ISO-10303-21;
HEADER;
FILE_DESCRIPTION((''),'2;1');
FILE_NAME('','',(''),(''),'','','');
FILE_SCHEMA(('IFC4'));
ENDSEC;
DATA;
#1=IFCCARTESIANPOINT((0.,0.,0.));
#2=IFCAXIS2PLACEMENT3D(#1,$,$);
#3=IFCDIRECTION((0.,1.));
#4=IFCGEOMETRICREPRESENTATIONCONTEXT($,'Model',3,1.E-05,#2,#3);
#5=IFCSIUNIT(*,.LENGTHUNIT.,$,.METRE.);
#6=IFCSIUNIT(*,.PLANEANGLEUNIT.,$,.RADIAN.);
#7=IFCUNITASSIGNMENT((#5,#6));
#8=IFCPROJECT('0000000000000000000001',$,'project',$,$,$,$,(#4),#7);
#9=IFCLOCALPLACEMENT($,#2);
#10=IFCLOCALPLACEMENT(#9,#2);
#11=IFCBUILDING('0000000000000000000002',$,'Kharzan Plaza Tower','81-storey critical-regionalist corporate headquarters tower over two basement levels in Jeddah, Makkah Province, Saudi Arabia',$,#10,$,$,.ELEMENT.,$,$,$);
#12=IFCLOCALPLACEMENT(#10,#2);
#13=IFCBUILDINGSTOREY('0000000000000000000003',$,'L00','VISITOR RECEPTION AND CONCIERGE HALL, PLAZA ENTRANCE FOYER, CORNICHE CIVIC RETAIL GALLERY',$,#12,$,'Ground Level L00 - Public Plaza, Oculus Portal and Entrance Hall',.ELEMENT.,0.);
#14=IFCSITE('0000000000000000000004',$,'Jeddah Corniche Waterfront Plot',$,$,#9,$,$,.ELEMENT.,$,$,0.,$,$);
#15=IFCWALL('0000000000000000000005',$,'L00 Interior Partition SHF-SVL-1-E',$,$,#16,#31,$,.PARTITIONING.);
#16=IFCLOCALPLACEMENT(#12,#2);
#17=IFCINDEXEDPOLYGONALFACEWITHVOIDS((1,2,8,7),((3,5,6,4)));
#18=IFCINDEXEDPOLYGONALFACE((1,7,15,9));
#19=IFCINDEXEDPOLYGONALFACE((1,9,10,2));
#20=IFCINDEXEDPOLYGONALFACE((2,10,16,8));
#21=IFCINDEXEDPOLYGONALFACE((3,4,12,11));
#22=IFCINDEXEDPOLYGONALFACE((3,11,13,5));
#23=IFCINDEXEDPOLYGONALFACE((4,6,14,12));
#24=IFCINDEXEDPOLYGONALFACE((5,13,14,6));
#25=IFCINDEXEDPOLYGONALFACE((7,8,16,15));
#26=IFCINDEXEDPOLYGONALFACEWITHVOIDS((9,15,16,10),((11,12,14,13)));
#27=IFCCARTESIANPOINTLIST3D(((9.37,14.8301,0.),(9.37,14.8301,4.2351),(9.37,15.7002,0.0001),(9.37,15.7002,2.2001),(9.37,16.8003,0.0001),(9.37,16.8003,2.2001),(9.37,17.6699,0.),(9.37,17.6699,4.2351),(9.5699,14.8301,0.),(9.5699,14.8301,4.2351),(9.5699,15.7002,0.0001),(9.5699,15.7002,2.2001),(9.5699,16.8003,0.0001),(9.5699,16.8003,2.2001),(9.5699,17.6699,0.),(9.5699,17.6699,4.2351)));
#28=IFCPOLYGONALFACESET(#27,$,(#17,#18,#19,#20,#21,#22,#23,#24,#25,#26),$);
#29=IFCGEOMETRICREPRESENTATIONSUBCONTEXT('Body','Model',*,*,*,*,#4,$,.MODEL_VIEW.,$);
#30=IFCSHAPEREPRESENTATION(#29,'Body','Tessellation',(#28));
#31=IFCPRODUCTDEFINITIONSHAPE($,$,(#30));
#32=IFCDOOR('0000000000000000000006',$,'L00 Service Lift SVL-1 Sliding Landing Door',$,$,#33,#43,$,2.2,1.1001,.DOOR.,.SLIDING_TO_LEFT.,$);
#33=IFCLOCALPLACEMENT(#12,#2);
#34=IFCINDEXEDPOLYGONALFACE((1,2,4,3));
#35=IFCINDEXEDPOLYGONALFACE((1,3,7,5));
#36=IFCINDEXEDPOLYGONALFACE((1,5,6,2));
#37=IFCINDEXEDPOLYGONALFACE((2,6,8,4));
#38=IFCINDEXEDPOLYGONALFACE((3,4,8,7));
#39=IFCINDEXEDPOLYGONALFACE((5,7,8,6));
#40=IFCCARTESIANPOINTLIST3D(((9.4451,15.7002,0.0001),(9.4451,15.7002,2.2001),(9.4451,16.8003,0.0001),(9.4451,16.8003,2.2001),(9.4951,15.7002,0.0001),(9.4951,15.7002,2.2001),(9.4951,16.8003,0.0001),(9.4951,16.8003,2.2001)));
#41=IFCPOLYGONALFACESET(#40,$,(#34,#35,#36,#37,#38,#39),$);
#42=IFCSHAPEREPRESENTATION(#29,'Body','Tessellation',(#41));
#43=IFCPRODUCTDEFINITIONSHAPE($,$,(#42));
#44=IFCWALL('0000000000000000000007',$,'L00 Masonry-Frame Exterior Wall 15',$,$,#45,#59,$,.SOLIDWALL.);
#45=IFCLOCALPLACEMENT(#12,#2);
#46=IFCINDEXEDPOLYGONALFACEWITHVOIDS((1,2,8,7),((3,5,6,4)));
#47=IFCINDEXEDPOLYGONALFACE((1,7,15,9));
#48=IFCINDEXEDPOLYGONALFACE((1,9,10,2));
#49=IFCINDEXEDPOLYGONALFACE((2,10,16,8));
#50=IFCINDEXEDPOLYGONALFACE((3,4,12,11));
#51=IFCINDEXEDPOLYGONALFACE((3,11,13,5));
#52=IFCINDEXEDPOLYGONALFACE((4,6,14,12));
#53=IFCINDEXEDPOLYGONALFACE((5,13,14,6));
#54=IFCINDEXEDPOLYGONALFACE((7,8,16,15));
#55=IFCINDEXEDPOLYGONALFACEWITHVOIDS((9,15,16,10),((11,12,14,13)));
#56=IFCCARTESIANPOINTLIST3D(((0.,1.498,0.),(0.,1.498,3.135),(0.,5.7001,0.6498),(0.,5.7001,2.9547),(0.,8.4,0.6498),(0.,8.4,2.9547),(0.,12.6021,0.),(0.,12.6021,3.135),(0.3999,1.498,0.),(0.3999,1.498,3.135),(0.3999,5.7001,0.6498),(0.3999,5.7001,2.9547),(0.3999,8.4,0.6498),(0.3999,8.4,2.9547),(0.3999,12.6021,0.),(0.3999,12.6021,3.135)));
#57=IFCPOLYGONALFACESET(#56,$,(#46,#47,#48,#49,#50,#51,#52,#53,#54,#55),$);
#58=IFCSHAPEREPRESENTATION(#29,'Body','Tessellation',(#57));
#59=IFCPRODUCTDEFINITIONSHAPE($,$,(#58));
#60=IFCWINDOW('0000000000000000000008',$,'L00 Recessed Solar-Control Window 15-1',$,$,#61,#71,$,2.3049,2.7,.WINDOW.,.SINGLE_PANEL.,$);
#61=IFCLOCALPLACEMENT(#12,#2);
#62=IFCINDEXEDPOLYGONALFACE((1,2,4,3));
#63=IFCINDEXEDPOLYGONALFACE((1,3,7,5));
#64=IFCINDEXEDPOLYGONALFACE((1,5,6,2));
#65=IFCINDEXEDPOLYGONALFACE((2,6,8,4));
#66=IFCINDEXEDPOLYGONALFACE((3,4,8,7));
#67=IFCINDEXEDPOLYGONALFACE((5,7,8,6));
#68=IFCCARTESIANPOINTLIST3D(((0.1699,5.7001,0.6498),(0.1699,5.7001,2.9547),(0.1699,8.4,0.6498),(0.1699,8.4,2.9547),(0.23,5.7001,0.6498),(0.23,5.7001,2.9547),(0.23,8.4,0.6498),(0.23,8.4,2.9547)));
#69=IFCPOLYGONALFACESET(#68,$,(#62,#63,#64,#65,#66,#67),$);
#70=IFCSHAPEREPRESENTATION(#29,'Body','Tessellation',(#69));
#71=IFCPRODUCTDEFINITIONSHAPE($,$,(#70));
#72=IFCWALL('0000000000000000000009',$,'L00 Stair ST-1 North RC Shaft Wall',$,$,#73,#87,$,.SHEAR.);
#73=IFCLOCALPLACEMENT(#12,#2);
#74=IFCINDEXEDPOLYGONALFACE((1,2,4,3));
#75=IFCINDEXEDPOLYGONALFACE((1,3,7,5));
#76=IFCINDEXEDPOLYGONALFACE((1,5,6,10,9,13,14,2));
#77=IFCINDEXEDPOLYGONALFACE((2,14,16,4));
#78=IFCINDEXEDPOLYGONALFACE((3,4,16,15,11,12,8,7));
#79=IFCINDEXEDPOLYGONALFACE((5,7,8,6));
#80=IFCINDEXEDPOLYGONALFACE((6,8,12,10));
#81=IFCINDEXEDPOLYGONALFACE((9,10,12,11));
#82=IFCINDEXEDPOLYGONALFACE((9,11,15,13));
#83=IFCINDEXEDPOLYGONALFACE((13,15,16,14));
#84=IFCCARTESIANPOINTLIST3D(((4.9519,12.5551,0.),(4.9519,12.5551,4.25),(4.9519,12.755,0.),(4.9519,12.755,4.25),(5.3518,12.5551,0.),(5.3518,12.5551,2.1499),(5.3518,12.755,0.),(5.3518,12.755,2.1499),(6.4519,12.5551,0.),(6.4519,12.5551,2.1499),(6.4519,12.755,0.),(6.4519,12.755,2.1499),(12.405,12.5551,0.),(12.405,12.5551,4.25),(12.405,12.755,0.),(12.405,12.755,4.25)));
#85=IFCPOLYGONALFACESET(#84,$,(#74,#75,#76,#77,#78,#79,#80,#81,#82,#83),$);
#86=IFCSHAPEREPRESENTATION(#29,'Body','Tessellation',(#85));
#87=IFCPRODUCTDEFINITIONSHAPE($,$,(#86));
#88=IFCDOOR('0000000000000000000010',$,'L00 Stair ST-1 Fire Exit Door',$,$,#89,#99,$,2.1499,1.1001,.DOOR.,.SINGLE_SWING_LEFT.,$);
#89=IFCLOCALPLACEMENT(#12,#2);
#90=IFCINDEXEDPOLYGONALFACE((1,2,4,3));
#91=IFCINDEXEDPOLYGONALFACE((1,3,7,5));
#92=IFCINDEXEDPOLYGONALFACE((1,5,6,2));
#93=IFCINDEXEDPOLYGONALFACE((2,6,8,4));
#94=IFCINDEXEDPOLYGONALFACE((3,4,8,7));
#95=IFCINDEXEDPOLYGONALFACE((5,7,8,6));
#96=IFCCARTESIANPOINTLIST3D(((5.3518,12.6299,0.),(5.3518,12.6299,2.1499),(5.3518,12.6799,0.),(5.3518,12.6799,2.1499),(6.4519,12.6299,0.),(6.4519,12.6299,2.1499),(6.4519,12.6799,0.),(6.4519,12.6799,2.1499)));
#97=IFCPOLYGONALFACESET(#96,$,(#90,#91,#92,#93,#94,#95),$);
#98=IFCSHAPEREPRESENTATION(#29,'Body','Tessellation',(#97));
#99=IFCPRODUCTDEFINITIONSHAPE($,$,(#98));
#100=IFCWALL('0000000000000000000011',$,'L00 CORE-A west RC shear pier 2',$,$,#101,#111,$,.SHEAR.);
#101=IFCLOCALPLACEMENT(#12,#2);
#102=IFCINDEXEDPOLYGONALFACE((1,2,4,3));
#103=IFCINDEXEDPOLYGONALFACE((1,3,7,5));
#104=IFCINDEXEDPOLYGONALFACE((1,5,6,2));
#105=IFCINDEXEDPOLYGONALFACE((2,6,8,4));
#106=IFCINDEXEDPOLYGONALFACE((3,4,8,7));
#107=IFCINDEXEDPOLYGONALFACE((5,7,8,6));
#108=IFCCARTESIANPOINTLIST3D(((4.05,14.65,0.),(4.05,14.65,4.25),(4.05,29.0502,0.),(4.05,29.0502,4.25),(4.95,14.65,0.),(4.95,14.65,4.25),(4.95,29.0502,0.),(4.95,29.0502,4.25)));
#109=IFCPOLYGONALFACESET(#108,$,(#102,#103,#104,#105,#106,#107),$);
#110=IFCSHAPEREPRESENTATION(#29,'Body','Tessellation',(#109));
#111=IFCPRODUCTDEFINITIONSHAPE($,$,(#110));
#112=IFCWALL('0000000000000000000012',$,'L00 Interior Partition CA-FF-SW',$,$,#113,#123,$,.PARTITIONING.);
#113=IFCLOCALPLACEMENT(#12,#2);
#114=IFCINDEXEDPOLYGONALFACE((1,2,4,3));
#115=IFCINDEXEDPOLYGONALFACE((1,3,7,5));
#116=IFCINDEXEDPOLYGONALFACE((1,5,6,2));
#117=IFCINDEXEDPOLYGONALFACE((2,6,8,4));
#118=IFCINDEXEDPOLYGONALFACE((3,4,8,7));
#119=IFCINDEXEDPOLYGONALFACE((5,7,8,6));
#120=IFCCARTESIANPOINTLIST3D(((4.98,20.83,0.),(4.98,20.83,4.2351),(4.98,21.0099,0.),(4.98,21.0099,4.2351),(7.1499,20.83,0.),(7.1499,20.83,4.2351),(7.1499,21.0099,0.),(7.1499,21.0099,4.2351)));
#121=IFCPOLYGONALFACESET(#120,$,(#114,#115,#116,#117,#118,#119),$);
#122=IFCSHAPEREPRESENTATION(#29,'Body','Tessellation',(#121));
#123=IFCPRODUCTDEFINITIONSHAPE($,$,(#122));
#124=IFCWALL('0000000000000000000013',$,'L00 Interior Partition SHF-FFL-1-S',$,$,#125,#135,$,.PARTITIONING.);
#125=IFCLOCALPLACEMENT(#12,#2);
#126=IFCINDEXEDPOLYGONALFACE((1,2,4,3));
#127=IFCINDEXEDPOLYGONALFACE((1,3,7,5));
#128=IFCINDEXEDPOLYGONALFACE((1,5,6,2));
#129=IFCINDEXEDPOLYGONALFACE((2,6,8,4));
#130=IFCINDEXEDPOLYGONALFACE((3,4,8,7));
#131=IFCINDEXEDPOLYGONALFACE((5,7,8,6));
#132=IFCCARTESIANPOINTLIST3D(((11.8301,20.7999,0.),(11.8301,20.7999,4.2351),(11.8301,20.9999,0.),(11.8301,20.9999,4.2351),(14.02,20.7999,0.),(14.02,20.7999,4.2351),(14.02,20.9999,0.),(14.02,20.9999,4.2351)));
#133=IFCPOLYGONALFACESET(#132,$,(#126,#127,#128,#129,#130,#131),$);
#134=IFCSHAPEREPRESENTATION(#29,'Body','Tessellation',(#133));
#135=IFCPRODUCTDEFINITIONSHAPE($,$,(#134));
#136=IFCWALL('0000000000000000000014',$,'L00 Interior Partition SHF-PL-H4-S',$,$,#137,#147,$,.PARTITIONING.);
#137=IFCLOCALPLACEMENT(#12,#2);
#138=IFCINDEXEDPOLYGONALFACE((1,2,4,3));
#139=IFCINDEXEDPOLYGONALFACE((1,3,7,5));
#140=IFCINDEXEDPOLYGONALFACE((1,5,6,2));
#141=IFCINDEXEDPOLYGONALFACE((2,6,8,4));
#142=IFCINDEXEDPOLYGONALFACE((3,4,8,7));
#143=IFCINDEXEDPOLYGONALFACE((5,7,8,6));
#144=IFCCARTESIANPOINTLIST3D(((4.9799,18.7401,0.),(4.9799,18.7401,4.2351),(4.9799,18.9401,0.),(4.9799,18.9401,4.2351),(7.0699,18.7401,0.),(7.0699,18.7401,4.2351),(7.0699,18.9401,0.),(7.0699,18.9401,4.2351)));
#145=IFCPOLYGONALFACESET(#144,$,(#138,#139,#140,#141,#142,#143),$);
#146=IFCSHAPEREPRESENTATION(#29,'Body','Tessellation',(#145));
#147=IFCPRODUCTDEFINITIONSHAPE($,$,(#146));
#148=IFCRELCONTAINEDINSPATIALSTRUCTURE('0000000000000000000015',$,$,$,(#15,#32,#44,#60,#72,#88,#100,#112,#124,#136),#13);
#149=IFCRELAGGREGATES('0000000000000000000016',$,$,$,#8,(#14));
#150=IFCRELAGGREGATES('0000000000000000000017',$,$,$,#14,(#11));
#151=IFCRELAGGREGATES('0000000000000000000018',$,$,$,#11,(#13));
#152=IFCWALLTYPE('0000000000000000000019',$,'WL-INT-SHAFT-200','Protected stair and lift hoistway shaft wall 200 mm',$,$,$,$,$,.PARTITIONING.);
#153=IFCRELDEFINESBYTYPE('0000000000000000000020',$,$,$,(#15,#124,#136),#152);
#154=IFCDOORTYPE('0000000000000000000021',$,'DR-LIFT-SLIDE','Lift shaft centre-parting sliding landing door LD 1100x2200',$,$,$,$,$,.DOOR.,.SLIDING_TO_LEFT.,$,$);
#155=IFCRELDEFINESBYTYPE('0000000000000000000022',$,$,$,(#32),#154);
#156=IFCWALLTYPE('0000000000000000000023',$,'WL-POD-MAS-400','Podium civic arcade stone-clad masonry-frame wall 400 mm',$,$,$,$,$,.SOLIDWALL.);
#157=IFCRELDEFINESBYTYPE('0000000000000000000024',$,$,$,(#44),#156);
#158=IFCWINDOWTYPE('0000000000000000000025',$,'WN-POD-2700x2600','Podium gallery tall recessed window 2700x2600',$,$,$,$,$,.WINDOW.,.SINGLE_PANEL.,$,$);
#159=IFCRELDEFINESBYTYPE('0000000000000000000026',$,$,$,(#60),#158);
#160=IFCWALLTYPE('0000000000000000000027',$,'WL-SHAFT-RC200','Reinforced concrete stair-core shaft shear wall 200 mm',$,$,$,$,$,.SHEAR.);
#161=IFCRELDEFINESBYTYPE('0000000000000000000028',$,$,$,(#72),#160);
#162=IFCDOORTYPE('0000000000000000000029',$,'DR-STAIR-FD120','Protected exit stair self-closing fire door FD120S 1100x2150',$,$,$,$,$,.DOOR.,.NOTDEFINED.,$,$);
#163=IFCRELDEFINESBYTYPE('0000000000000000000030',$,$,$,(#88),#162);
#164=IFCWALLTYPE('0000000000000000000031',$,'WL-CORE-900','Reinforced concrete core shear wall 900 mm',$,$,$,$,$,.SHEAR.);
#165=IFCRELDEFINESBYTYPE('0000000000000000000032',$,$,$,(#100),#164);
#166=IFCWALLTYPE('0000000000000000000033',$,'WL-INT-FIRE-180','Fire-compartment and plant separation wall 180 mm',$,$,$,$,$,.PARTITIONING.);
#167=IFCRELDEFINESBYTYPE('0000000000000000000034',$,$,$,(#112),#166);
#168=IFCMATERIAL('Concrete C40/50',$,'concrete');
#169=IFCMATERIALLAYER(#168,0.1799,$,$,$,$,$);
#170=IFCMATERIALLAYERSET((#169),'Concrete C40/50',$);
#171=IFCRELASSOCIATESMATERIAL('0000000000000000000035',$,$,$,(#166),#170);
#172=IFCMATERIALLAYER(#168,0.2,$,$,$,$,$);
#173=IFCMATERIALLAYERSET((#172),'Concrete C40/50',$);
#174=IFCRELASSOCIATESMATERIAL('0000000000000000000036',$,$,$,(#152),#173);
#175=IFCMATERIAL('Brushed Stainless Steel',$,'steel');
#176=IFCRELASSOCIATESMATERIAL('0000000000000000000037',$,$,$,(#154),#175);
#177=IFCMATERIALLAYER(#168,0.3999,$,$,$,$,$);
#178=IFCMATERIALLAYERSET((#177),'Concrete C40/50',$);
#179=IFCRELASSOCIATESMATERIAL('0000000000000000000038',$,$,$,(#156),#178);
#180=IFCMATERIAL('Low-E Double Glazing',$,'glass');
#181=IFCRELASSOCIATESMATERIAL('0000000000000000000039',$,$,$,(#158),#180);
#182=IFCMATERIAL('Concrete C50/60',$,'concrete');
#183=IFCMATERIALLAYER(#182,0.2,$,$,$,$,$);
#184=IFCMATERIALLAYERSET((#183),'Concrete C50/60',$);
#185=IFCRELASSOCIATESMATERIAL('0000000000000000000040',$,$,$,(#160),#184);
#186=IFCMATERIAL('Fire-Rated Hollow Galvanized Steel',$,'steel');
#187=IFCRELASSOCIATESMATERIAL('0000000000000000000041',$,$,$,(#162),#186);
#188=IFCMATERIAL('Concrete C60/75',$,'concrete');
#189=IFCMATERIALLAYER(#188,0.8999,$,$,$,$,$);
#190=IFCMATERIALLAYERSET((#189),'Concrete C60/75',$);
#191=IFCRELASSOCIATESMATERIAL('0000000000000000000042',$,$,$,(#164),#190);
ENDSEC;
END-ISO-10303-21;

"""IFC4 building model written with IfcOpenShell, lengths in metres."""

from ifc_helpers import new_model, si_unit, direction, frame, frame_2d, origin, place, context, subcontext, project, spatial, rectangle, extrude, source, transform, mapped, material, layer, layer_set, type_object, element, fill, save


model = new_model("IFC4")

# Units and contexts
model_context = context("Model", 3, precision=1e-05, world=origin(), true_north=direction((0.0, 1.0)))
body_context = subcontext(model_context, "Body", "Model", "MODEL_VIEW")
ifc_project = project(units=[si_unit("LENGTHUNIT", "METRE"), si_unit("PLANEANGLEUNIT", "RADIAN")], contexts=[model_context])

# Site, building, storey
site_placement = place(None, origin())
site = spatial("IfcSite", under=ifc_project, at=site_placement, Name="Jeddah Corniche Waterfront Plot", CompositionType="ELEMENT", RefElevation=0.0)
building_placement = place(site_placement, origin())
building = spatial("IfcBuilding", under=site, at=building_placement, Name="Kharzan Plaza Tower", Description="81-storey critical-regionalist corporate headquarters tower over two basement levels in Jeddah, Makkah Province, Saudi Arabia", CompositionType="ELEMENT")
storey_placement = place(building_placement, origin())
storey = spatial("IfcBuildingStorey", under=building, at=storey_placement, Name="L00", Description="VISITOR RECEPTION AND CONCIERGE HALL, PLAZA ENTRANCE FOYER, CORNICHE CIVIC RETAIL GALLERY", LongName="Ground Level L00 - Public Plaza, Oculus Portal and Entrance Hall", CompositionType="ELEMENT", Elevation=0.0)

# Shared definitions
ifc_material_1 = material(Name="Concrete C60/75", Category="concrete")

# Wall, opening, door
ifc_material_2 = material(Name="Concrete C40/50", Category="concrete")
ifc_layer_1 = layer(ifc_material_2, 0.1799)
ifc_layer_set_1 = layer_set([ifc_layer_1], Name="Concrete C40/50")
wall_type_1 = type_object("IfcWallType", Name="WL-INT-FIRE-180", Description="Fire-compartment and plant separation wall 180 mm", PredefinedType="PARTITIONING", material=ifc_layer_set_1)
ifc_layer_2 = layer(ifc_material_2, 0.2)
ifc_layer_set_2 = layer_set([ifc_layer_2], Name="Concrete C40/50")
wall_type_2 = type_object("IfcWallType", Name="WL-INT-SHAFT-200", Description="Protected stair and lift hoistway shaft wall 200 mm", PredefinedType="PARTITIONING", material=ifc_layer_set_2)
ifc_material_3 = material(Name="Brushed Stainless Steel", Category="steel")
door_type_1 = type_object("IfcDoorType", Name="DR-LIFT-SLIDE", Description="Lift shaft centre-parting sliding landing door LD 1100x2200", OperationType="SLIDING_TO_LEFT", PredefinedType="DOOR", material=ifc_material_3)
shared_shape_1 = source(origin(), body_context, "Body", "SweptSolid", [
    extrude(rectangle(XDim=1.1001, YDim=2.2, at=frame_2d((0.55, 1.1001))), frame((0.0, 0.0249, 0.0), z_axis=(0.0, -1.0, 0.0), x_axis=(1.0, 0.0, 0.0)), (0.0, 0.0, 1.0), 0.05),
])
wall_1_placement = place(storey_placement, frame((9.47, 14.8301, 0.0), z_axis=(0.0, 0.0, 1.0), x_axis=(0.0, 1.0, 0.0)))
wall_1 = element("IfcWall", 1, at=wall_1_placement, inside=storey, type_object=wall_type_2, Name="L00 Interior Partition SHF-SVL-1-E", PredefinedType="PARTITIONING", context=body_context, shape_type="SweptSolid", body=[
    extrude(rectangle(XDim=2.8398, YDim=0.2, at=frame_2d((1.4199, 0.0))), origin(), (0.0, 0.0, 1.0), 4.2351),
])
opening_1_placement = place(wall_1_placement, frame((0.8701, 0.0, 0.0)))
opening_1 = element("IfcOpeningElement", 2, at=opening_1_placement, cuts=wall_1, PredefinedType="OPENING", context=body_context, shape_type="SweptSolid", body=[
    extrude(rectangle(XDim=1.1001, YDim=2.2, at=frame_2d((0.55, 1.1001))), frame((0.0, 0.1099, 0.0), z_axis=(0.0, -1.0, 0.0), x_axis=(1.0, 0.0, 0.0)), (0.0, 0.0, 1.0), 0.22),
])
door_1_placement = place(opening_1_placement, origin())
door_1 = element("IfcDoor", 3, at=door_1_placement, inside=storey, type_object=door_type_1, Name="L00 Service Lift SVL-1 Sliding Landing Door", OperationType="SLIDING_TO_LEFT", OverallHeight=2.2, OverallWidth=1.1001, PredefinedType="DOOR", context=body_context, shape_type="MappedRepresentation", body=[
    mapped(shared_shape_1, transform((0.0, 0.0, 0.0), x_axis=(1.0, 0.0, 0.0), y_axis=(0.0, 1.0, 0.0), z_axis=(0.0, 0.0, 1.0))),
])
fill(opening_1, door_1)

# Wall, opening, window
ifc_layer_3 = layer(ifc_material_2, 0.3999)
ifc_layer_set_3 = layer_set([ifc_layer_3], Name="Concrete C40/50")
wall_type_3 = type_object("IfcWallType", Name="WL-POD-MAS-400", Description="Podium civic arcade stone-clad masonry-frame wall 400 mm", PredefinedType="SOLIDWALL", material=ifc_layer_set_3)
wall_2_placement = place(storey_placement, frame((0.2, 12.6021, 0.0), z_axis=(0.0, 0.0, 1.0), x_axis=(0.0, -1.0, 0.0)))
wall_2 = element("IfcWall", 4, at=wall_2_placement, inside=storey, type_object=wall_type_3, Name="L00 Masonry-Frame Exterior Wall 15", PredefinedType="SOLIDWALL", context=body_context, shape_type="SweptSolid", body=[
    extrude(rectangle(XDim=11.104, YDim=0.3999, at=frame_2d((5.552, 0.0))), origin(), (0.0, 0.0, 1.0), 3.135),
])
opening_2_placement = place(wall_2_placement, frame((4.2019, 0.0, 0.6499)))
opening_2 = element("IfcOpeningElement", 5, at=opening_2_placement, cuts=wall_2, PredefinedType="OPENING", context=body_context, shape_type="SweptSolid", body=[
    extrude(rectangle(XDim=2.7, YDim=2.3049, at=frame_2d((1.3501, 1.1523))), frame((0.0, 0.21, 0.0), z_axis=(0.0, -1.0, 0.0), x_axis=(1.0, 0.0, 0.0)), (0.0, 0.0, 1.0), 0.4199),
])
ifc_material_4 = material(Name="Low-E Double Glazing", Category="glass")
window_type = type_object("IfcWindowType", Name="WN-POD-2700x2600", Description="Podium gallery tall recessed window 2700x2600", PartitioningType="SINGLE_PANEL", PredefinedType="WINDOW", material=ifc_material_4)
shared_shape_2 = source(origin(), body_context, "Body", "SweptSolid", [
    extrude(rectangle(XDim=2.7, YDim=2.3049, at=frame_2d((1.3501, 1.1523))), frame((0.0, 0.03, 0.0), z_axis=(0.0, -1.0, 0.0), x_axis=(1.0, 0.0, 0.0)), (0.0, 0.0, 1.0), 0.0601),
])
window_placement = place(opening_2_placement, origin())
window = element("IfcWindow", 6, at=window_placement, inside=storey, type_object=window_type, Name="L00 Recessed Solar-Control Window 15-1", OverallHeight=2.3049, OverallWidth=2.7, PartitioningType="SINGLE_PANEL", PredefinedType="WINDOW", context=body_context, shape_type="MappedRepresentation", body=[
    mapped(shared_shape_2, transform((0.0, 0.0, 0.0), x_axis=(1.0, 0.0, 0.0), y_axis=(0.0, 1.0, 0.0), z_axis=(0.0, 0.0, 1.0))),
])
fill(opening_2, window)

# Wall, opening, door
ifc_material_5 = material(Name="Concrete C50/60", Category="concrete")
ifc_layer_4 = layer(ifc_material_5, 0.2)
ifc_layer_set_4 = layer_set([ifc_layer_4], Name="Concrete C50/60")
wall_type_4 = type_object("IfcWallType", Name="WL-SHAFT-RC200", Description="Reinforced concrete stair-core shaft shear wall 200 mm", PredefinedType="SHEAR", material=ifc_layer_set_4)
wall_3_placement = place(storey_placement, frame((4.9519, 12.655, 0.0), z_axis=(0.0, 0.0, 1.0), x_axis=(1.0, 0.0, 0.0)))
wall_3 = element("IfcWall", 7, at=wall_3_placement, inside=storey, type_object=wall_type_4, Name="L00 Stair ST-1 North RC Shaft Wall", PredefinedType="SHEAR", context=body_context, shape_type="SweptSolid", body=[
    extrude(rectangle(XDim=7.4531, YDim=0.2, at=frame_2d((3.7266, 0.0))), origin(), (0.0, 0.0, 1.0), 4.25),
])
opening_3_placement = place(wall_3_placement, frame((0.3999, 0.0, 0.0)))
opening_3 = element("IfcOpeningElement", 8, at=opening_3_placement, cuts=wall_3, PredefinedType="OPENING", context=body_context, shape_type="SweptSolid", body=[
    extrude(rectangle(XDim=1.1001, YDim=2.1499, at=frame_2d((0.55, 1.075))), frame((0.0, 0.1099, 0.0), z_axis=(0.0, -1.0, 0.0), x_axis=(1.0, 0.0, 0.0)), (0.0, 0.0, 1.0), 0.22),
])
ifc_material_6 = material(Name="Fire-Rated Hollow Galvanized Steel", Category="steel")
door_type_2 = type_object("IfcDoorType", Name="DR-STAIR-FD120", Description="Protected exit stair self-closing fire door FD120S 1100x2150", OperationType="NOTDEFINED", PredefinedType="DOOR", material=ifc_material_6)
shared_shape_3 = source(origin(), body_context, "Body", "SweptSolid", [
    extrude(rectangle(XDim=1.1001, YDim=2.1499, at=frame_2d((0.55, 1.075))), frame((0.0, 0.0249, 0.0), z_axis=(0.0, -1.0, 0.0), x_axis=(1.0, 0.0, 0.0)), (0.0, 0.0, 1.0), 0.05),
])
door_2_placement = place(opening_3_placement, origin())
door_2 = element("IfcDoor", 9, at=door_2_placement, inside=storey, type_object=door_type_2, Name="L00 Stair ST-1 Fire Exit Door", OperationType="SINGLE_SWING_LEFT", OverallHeight=2.1499, OverallWidth=1.1001, PredefinedType="DOOR", context=body_context, shape_type="MappedRepresentation", body=[
    mapped(shared_shape_3, transform((0.0, 0.0, 0.0), x_axis=(1.0, 0.0, 0.0), y_axis=(0.0, 1.0, 0.0), z_axis=(0.0, 0.0, 1.0))),
])
fill(opening_3, door_2)

# Walls
ifc_layer_5 = layer(ifc_material_1, 0.8999)
ifc_layer_set_5 = layer_set([ifc_layer_5], Name="Concrete C60/75")
wall_type_5 = type_object("IfcWallType", Name="WL-CORE-900", Description="Reinforced concrete core shear wall 900 mm", PredefinedType="SHEAR", material=ifc_layer_set_5)
shared_shape_4 = source(origin(), body_context, "Body", "SweptSolid", [
    extrude(rectangle(XDim=14.4001, YDim=0.8999, at=frame_2d((7.2002, 0.0))), origin(), (0.0, 0.0, 1.0), 4.25),
])
wall_4_placement = place(storey_placement, frame((4.5, 14.6499, 0.0), z_axis=(0.0, 0.0, 1.0), x_axis=(0.0, 1.0, 0.0)))
element("IfcWall", 10, at=wall_4_placement, inside=storey, type_object=wall_type_5, Name="L00 CORE-A west RC shear pier 2", PredefinedType="SHEAR", context=body_context, shape_type="MappedRepresentation", body=[
    mapped(shared_shape_4, transform((0.0, 0.0, 0.0), x_axis=(1.0, 0.0, 0.0), y_axis=(0.0, 1.0, 0.0), z_axis=(0.0, 0.0, 1.0))),
])
shared_shape_5 = source(origin(), body_context, "Body", "SweptSolid", [
    extrude(rectangle(XDim=2.1699, YDim=0.1799, at=frame_2d((1.085, 0.0))), origin(), (0.0, 0.0, 1.0), 4.2351),
])
wall_5_placement = place(storey_placement, frame((4.98, 20.9199, 0.0), z_axis=(0.0, 0.0, 1.0), x_axis=(1.0, 0.0, 0.0)))
element("IfcWall", 11, at=wall_5_placement, inside=storey, type_object=wall_type_1, Name="L00 Interior Partition CA-FF-SW", PredefinedType="PARTITIONING", context=body_context, shape_type="MappedRepresentation", body=[
    mapped(shared_shape_5, transform((0.0, 0.0, 0.0), x_axis=(1.0, 0.0, 0.0), y_axis=(0.0, 1.0, 0.0), z_axis=(0.0, 0.0, 1.0))),
])
shared_shape_6 = source(origin(), body_context, "Body", "SweptSolid", [
    extrude(rectangle(XDim=2.1899, YDim=0.2, at=frame_2d((1.095, 0.0))), origin(), (0.0, 0.0, 1.0), 4.2351),
])
wall_6_placement = place(storey_placement, frame((11.8301, 20.8999, 0.0), z_axis=(0.0, 0.0, 1.0), x_axis=(1.0, 0.0, 0.0)))
element("IfcWall", 12, at=wall_6_placement, inside=storey, type_object=wall_type_2, Name="L00 Interior Partition SHF-FFL-1-S", PredefinedType="PARTITIONING", context=body_context, shape_type="MappedRepresentation", body=[
    mapped(shared_shape_6, transform((0.0, 0.0, 0.0), x_axis=(1.0, 0.0, 0.0), y_axis=(0.0, 1.0, 0.0), z_axis=(0.0, 0.0, 1.0))),
])
shared_shape_7 = source(origin(), body_context, "Body", "SweptSolid", [
    extrude(rectangle(XDim=2.0901, YDim=0.2, at=frame_2d((1.0449, 0.0))), origin(), (0.0, 0.0, 1.0), 4.2351),
])
wall_7_placement = place(storey_placement, frame((4.98, 18.8401, 0.0), z_axis=(0.0, 0.0, 1.0), x_axis=(1.0, 0.0, 0.0)))
element("IfcWall", 13, at=wall_7_placement, inside=storey, type_object=wall_type_2, Name="L00 Interior Partition SHF-PL-H4-S", PredefinedType="PARTITIONING", context=body_context, shape_type="MappedRepresentation", body=[
    mapped(shared_shape_7, transform((0.0, 0.0, 0.0), x_axis=(1.0, 0.0, 0.0), y_axis=(0.0, 1.0, 0.0), z_axis=(0.0, 0.0, 1.0))),
])

save(model, "model.ifc")
